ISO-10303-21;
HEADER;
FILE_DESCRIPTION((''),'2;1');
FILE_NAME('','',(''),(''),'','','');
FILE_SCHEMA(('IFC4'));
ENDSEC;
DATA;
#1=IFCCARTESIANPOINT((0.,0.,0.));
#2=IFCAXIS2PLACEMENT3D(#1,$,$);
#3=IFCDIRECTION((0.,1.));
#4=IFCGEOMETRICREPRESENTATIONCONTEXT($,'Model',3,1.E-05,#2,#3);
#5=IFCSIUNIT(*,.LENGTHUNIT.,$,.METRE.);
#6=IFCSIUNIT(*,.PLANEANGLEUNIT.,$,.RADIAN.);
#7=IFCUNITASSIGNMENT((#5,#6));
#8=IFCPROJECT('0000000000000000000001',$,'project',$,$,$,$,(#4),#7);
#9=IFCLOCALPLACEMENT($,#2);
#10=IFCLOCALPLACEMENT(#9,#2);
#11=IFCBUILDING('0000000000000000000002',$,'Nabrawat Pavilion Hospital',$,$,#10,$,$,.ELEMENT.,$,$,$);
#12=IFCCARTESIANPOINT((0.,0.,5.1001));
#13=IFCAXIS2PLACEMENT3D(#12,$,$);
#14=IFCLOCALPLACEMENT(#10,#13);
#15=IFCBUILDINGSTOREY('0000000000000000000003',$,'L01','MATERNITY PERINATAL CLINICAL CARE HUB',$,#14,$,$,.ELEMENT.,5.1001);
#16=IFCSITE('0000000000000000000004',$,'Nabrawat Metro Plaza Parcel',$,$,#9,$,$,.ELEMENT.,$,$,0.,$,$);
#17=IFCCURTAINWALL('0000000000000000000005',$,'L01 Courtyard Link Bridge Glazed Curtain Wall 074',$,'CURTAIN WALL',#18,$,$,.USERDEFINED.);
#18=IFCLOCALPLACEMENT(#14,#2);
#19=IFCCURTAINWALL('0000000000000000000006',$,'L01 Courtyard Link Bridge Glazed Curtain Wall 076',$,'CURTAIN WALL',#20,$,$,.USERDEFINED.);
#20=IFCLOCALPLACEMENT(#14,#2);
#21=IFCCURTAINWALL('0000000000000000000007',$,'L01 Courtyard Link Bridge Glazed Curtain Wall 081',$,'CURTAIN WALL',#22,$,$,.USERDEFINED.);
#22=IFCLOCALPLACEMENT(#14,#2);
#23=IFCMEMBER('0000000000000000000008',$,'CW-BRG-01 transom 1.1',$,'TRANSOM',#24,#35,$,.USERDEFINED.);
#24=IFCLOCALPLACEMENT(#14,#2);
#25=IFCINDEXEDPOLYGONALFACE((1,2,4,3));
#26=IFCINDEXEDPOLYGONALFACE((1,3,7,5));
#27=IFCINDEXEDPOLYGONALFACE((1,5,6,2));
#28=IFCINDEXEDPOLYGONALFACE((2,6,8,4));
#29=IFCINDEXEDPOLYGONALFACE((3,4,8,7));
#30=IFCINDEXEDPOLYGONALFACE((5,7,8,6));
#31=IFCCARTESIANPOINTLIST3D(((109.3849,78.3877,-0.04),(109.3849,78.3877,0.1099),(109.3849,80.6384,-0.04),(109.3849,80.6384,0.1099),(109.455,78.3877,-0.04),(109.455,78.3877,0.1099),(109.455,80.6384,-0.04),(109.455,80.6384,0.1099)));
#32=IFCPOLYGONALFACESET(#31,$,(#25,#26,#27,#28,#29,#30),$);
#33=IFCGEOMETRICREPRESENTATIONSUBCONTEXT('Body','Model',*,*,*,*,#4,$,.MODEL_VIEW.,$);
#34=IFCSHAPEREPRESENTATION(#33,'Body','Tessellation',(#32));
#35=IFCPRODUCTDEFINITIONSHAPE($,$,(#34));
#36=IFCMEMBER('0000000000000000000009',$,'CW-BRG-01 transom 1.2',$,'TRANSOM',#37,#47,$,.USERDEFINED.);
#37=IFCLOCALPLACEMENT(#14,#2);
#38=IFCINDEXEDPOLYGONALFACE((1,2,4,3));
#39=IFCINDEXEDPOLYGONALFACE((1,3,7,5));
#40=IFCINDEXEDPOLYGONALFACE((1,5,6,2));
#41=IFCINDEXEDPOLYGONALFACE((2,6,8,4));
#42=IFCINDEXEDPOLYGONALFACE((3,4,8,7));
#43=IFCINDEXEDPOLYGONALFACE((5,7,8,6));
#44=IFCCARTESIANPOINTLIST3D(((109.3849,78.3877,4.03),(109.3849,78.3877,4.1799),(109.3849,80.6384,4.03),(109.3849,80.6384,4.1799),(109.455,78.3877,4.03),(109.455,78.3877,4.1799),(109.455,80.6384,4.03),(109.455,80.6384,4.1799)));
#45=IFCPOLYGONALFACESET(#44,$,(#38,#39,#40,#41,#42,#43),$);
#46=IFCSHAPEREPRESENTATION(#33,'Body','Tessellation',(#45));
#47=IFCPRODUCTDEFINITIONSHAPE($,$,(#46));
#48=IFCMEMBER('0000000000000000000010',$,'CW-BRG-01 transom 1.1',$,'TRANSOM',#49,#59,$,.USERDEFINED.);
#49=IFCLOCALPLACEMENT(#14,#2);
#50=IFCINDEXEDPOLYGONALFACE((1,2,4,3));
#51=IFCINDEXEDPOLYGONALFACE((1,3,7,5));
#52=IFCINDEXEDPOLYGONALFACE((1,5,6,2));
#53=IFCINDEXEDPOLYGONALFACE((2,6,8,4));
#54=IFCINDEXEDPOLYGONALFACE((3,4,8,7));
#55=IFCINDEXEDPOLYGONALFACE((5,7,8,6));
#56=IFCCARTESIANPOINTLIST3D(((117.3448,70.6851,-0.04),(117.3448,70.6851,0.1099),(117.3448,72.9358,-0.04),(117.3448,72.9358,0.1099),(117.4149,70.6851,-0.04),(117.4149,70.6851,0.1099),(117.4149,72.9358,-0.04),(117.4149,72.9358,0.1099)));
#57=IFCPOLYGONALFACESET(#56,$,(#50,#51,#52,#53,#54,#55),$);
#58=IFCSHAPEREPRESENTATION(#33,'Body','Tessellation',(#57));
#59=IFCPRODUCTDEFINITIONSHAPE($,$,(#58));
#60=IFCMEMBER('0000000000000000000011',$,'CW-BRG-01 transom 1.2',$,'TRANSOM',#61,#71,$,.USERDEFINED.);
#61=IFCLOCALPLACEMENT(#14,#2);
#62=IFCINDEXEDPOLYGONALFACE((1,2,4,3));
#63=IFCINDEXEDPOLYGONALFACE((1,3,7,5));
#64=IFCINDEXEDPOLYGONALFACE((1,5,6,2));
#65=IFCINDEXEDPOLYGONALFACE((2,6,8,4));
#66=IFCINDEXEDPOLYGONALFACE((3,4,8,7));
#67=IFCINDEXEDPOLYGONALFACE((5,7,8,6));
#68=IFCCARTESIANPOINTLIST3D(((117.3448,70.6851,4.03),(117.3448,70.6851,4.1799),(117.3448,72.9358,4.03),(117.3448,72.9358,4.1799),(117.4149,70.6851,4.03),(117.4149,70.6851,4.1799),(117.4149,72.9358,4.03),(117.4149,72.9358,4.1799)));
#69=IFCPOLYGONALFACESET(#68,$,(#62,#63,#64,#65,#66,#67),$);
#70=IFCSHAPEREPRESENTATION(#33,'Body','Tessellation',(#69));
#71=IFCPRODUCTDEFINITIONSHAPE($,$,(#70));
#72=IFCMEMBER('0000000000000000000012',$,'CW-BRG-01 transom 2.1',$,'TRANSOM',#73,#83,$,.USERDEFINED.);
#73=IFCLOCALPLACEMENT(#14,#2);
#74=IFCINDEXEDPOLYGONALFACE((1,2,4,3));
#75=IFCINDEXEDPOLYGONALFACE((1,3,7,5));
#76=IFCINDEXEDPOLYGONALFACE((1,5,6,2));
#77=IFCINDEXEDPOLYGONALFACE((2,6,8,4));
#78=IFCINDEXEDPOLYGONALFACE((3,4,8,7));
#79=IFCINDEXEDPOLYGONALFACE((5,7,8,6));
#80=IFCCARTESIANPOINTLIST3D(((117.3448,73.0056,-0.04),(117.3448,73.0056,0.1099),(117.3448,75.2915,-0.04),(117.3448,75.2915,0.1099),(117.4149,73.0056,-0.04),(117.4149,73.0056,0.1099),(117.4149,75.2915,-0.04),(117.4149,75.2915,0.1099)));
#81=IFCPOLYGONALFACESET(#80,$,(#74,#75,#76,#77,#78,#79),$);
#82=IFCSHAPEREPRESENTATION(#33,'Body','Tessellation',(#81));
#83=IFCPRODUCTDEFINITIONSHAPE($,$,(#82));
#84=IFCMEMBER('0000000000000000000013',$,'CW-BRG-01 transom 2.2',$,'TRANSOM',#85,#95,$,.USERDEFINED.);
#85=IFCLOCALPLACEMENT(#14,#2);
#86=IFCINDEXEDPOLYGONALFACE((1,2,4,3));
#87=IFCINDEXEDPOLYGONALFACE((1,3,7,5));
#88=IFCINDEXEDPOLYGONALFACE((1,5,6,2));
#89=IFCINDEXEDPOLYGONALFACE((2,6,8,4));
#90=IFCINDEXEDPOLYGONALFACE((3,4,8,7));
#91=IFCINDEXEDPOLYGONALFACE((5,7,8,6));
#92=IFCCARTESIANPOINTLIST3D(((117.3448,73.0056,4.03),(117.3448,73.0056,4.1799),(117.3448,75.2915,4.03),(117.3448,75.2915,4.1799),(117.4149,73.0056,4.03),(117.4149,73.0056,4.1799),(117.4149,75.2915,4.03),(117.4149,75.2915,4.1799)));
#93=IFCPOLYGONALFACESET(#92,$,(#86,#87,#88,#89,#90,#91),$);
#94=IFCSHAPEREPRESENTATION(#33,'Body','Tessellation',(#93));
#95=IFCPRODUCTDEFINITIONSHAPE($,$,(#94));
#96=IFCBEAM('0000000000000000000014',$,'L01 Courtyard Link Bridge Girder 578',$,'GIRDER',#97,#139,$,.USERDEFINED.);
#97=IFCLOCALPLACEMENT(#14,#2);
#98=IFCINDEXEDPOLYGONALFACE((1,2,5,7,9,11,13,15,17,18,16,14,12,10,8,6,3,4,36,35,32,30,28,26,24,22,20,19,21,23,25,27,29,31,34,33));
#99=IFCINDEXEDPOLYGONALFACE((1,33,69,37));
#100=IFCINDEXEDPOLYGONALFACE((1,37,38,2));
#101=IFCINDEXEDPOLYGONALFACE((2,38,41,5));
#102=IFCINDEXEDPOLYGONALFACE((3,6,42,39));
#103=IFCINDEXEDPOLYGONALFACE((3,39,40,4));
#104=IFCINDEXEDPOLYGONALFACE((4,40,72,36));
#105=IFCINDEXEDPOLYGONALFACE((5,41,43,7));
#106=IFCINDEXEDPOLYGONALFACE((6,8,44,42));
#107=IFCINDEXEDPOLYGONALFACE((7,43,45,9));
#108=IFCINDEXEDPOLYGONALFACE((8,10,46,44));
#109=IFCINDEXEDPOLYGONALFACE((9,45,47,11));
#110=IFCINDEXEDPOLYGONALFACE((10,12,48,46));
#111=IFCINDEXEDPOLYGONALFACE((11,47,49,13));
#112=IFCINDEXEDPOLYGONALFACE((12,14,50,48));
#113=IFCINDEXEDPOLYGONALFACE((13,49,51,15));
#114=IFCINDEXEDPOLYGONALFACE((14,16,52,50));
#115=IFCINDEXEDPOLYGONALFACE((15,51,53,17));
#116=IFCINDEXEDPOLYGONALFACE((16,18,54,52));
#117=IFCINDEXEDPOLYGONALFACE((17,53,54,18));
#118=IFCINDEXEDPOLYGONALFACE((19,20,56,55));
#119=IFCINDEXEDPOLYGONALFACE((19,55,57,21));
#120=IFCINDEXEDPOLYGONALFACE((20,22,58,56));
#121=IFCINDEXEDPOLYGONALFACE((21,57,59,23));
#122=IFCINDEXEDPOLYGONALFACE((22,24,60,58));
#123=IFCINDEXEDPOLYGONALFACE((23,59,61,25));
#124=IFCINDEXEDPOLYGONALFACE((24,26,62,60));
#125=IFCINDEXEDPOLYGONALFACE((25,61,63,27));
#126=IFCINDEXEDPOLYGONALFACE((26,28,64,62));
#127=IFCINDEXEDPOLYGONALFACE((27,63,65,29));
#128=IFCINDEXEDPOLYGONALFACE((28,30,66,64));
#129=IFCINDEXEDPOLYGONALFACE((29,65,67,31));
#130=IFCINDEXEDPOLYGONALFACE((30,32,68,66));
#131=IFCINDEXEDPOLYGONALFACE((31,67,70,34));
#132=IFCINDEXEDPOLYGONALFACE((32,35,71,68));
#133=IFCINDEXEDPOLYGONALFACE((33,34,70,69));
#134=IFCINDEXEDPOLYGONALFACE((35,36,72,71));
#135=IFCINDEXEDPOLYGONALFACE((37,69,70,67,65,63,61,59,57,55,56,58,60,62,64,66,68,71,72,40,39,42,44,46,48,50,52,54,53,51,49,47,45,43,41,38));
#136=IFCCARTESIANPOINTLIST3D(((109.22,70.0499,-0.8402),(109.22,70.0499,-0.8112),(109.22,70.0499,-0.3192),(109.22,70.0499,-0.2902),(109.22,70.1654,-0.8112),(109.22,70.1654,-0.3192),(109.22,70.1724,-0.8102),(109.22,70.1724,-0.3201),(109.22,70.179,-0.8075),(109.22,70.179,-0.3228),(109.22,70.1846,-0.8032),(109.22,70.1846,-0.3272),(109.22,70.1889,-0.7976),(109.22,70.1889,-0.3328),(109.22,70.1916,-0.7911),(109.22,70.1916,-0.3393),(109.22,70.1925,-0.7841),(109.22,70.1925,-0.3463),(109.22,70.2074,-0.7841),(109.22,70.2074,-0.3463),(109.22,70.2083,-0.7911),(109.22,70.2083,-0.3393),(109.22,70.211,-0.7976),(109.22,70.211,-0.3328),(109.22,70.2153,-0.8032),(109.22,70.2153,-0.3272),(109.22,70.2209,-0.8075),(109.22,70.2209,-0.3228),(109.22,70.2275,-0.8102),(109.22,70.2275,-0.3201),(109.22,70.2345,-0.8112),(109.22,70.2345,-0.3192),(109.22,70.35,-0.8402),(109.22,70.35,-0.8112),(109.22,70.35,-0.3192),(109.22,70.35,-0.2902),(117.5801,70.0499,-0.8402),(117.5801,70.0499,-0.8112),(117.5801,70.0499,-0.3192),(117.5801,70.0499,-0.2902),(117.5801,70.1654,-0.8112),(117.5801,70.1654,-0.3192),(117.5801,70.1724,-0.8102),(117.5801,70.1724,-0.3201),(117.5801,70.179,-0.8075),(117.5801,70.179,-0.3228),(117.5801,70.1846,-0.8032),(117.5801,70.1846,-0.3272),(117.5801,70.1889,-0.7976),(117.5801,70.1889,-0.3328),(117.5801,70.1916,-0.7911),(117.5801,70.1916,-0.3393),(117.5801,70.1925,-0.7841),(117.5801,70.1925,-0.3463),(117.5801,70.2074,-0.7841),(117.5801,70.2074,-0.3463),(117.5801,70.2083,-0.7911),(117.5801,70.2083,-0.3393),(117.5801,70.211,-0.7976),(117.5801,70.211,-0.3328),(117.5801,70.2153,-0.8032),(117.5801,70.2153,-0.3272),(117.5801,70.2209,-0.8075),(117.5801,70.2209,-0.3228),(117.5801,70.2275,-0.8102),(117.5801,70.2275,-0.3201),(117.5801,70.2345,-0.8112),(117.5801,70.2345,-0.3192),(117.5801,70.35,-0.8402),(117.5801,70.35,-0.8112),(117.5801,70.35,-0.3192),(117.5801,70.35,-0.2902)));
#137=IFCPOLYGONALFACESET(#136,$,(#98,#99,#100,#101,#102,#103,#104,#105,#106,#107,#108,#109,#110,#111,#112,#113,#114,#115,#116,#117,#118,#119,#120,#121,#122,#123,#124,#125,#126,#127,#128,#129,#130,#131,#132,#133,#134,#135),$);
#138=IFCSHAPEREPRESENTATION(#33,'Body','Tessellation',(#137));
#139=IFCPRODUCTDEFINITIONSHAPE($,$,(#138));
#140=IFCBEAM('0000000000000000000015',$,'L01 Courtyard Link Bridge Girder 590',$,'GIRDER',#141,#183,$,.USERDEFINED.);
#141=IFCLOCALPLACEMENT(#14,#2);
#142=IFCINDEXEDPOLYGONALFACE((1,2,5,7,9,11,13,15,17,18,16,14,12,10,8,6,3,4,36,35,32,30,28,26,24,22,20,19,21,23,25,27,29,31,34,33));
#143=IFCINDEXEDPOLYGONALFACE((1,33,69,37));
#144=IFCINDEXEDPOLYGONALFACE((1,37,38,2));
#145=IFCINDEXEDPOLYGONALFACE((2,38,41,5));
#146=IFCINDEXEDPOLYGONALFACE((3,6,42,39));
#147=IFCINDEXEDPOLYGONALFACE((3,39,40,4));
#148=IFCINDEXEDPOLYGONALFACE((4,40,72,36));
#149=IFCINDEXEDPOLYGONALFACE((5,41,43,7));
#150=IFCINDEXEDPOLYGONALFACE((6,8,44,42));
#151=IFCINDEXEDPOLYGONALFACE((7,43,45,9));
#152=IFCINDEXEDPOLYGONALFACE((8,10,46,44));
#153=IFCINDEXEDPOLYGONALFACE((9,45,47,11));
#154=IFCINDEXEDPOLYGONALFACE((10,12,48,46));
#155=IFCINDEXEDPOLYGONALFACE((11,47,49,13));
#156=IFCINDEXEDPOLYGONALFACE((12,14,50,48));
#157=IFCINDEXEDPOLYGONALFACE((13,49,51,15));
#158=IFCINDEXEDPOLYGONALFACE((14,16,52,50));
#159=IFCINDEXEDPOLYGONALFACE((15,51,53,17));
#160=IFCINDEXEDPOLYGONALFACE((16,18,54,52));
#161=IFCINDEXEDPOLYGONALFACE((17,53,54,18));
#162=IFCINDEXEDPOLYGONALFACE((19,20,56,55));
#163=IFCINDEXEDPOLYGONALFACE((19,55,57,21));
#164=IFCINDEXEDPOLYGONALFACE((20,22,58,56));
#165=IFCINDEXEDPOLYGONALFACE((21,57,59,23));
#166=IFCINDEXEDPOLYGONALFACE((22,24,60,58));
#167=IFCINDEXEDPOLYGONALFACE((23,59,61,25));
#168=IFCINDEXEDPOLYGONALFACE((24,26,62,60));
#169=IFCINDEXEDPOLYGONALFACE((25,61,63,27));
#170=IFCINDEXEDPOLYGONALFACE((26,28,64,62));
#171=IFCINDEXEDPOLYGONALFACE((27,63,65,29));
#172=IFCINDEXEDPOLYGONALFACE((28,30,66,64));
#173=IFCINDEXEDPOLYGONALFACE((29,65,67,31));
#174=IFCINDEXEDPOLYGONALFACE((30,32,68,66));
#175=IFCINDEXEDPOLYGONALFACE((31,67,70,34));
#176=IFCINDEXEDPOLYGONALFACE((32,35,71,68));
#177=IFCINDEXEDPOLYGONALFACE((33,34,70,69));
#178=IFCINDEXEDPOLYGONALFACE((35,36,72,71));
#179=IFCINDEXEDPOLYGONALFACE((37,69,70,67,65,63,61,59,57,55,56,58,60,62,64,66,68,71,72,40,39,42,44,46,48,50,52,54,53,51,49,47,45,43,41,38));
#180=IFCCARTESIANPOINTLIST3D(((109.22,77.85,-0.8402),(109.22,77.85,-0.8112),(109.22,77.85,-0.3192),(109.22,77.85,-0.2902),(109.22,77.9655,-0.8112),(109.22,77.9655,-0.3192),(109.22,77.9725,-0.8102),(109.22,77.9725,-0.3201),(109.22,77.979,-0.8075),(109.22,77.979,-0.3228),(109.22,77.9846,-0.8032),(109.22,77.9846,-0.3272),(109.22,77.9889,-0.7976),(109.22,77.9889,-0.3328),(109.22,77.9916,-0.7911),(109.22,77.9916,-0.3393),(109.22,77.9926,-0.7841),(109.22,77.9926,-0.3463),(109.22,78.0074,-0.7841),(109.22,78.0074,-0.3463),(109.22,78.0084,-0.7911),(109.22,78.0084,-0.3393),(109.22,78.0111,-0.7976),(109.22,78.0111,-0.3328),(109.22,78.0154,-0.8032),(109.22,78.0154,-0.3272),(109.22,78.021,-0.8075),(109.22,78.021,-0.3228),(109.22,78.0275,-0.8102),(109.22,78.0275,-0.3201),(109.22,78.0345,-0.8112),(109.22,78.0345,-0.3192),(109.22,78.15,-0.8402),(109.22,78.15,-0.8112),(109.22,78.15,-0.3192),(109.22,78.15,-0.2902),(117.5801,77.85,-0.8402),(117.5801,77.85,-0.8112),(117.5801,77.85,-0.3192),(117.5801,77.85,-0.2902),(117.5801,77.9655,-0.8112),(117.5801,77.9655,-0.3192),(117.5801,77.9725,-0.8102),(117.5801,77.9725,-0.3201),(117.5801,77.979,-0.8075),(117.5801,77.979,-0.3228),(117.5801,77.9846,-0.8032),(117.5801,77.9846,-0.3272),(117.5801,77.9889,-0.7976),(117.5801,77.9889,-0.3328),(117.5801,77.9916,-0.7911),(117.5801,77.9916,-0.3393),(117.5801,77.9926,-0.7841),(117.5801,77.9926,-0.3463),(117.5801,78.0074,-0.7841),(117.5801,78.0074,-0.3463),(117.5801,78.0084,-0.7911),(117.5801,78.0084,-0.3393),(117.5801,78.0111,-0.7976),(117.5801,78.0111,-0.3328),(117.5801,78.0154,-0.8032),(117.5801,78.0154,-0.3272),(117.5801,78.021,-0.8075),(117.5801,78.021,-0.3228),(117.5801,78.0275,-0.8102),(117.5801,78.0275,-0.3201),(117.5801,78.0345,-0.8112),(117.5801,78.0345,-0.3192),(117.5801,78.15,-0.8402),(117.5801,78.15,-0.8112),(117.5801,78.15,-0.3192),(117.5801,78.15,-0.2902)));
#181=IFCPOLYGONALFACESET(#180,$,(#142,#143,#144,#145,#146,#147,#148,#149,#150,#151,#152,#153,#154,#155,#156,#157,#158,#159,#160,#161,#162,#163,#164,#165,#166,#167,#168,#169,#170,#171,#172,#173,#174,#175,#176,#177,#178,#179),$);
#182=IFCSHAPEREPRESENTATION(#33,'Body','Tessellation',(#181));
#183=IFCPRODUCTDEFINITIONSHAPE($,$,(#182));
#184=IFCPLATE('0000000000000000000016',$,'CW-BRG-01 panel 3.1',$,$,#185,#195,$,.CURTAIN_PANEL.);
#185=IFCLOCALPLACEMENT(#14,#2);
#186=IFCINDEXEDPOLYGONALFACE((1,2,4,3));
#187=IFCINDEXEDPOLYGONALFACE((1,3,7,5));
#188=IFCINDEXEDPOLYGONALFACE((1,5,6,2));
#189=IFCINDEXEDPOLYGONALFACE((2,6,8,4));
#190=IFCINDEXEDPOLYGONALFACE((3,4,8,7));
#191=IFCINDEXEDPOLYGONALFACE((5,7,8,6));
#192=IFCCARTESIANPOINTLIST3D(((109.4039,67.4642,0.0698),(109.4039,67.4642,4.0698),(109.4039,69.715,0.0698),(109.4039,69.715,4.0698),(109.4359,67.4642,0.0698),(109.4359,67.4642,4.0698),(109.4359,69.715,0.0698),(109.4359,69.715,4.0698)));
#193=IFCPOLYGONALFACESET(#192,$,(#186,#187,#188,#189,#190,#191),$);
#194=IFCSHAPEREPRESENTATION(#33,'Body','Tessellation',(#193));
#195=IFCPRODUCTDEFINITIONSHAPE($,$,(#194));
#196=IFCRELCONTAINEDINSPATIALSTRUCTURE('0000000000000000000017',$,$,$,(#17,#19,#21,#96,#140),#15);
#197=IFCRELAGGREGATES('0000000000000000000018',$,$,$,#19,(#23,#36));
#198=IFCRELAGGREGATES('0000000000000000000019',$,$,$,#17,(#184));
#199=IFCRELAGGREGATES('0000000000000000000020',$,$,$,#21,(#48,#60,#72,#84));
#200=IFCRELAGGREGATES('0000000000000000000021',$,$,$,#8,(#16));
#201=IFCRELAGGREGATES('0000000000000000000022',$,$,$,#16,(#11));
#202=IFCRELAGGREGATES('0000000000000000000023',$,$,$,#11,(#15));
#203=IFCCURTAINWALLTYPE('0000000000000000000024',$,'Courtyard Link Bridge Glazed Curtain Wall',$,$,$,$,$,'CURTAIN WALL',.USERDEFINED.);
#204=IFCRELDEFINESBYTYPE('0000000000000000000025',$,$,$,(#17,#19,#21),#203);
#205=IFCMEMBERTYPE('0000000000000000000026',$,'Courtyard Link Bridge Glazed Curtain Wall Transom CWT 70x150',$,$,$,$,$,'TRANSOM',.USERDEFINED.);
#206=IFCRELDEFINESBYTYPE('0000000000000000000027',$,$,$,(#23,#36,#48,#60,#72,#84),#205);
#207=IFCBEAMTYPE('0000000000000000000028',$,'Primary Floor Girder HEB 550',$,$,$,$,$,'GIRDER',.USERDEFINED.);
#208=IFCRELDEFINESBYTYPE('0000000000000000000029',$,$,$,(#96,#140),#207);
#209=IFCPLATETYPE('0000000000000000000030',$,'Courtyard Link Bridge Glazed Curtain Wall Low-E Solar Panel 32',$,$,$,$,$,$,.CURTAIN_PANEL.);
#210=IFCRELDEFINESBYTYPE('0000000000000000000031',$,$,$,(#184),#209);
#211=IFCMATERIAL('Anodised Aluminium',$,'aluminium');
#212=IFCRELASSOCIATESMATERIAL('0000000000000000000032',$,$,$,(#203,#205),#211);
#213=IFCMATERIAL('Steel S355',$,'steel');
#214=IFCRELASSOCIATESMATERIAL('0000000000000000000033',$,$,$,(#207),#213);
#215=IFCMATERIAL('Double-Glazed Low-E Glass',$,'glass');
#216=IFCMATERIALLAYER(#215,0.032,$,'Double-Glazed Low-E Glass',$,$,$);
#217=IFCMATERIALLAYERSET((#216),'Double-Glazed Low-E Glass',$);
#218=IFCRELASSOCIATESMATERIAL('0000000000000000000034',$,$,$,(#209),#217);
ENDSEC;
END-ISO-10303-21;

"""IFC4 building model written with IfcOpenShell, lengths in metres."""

from ifc_helpers import new_model, si_unit, direction, frame, origin, origin_2d, place, context, subcontext, project, spatial, rectangle, i_section, extrude, material, layer, layer_set, material_profile, profile_set, type_object, element, aggregate, save


model = new_model("IFC4")

# Units and contexts
model_context = context("Model", 3, precision=1e-05, world=origin(), true_north=direction((0.0, 1.0)))
body_context = subcontext(model_context, "Body", "Model", "MODEL_VIEW")
ifc_project = project(units=[si_unit("LENGTHUNIT", "METRE"), si_unit("PLANEANGLEUNIT", "RADIAN")], contexts=[model_context])

# Site, building, storey
site_placement = place(None, origin())
site = spatial("IfcSite", under=ifc_project, at=site_placement, Name="Nabrawat Metro Plaza Parcel", CompositionType="ELEMENT", RefElevation=0.0)
building_placement = place(site_placement, origin())
building = spatial("IfcBuilding", under=site, at=building_placement, Name="Nabrawat Pavilion Hospital", CompositionType="ELEMENT")
storey_placement = place(building_placement, frame((0.0, 0.0, 5.1001)))
storey = spatial("IfcBuildingStorey", under=building, at=storey_placement, Name="L01", Description="MATERNITY PERINATAL CLINICAL CARE HUB", CompositionType="ELEMENT", Elevation=5.1001)

# Shared definitions
ifc_material_1 = material(Name="Steel S355", Category="steel")

# Curtain wall
ifc_material_2 = material(Name="Anodised Aluminium", Category="aluminium")
curtain_wall_type = type_object("IfcCurtainWallType", Name="Courtyard Link Bridge Glazed Curtain Wall", ElementType="CURTAIN WALL", PredefinedType="USERDEFINED", material=ifc_material_2)
curtain_wall_1_placement = place(storey_placement, origin())
curtain_wall_1 = element("IfcCurtainWall", 1, at=curtain_wall_1_placement, inside=storey, type_object=curtain_wall_type, Name="L01 Courtyard Link Bridge Glazed Curtain Wall 074", ObjectType="CURTAIN WALL", PredefinedType="USERDEFINED")

# Curtain wall
curtain_wall_2_placement = place(storey_placement, origin())
curtain_wall_2 = element("IfcCurtainWall", 2, at=curtain_wall_2_placement, inside=storey, type_object=curtain_wall_type, Name="L01 Courtyard Link Bridge Glazed Curtain Wall 076", ObjectType="CURTAIN WALL", PredefinedType="USERDEFINED")

# Curtain wall
curtain_wall_3_placement = place(storey_placement, origin())
curtain_wall_3 = element("IfcCurtainWall", 3, at=curtain_wall_3_placement, inside=storey, type_object=curtain_wall_type, Name="L01 Courtyard Link Bridge Glazed Curtain Wall 081", ObjectType="CURTAIN WALL", PredefinedType="USERDEFINED")

# Members
ifc_material_profile_1 = material_profile(ifc_material_2, rectangle(XDim=0.0701, YDim=0.1499, at=origin_2d()), Name="CWT 70x150")
ifc_profile_set_1 = profile_set([ifc_material_profile_1], Name="Anodised Aluminium")
member_type_1 = type_object("IfcMemberType", Name="Courtyard Link Bridge Glazed Curtain Wall Transom CWT 70x150", ElementType="TRANSOM", PredefinedType="USERDEFINED", material=ifc_profile_set_1)
member_1_placement = place(storey_placement, frame((109.4199, 78.3877, 0.0349), z_axis=(0.0, 1.0, 0.0), x_axis=(-1.0, 0.0, 0.0)))
member_1 = element("IfcMember", 4, at=member_1_placement, type_object=member_type_1, Name="CW-BRG-01 transom 1.1", ObjectType="TRANSOM", PredefinedType="USERDEFINED", context=body_context, shape_type="SweptSolid", body=[
    extrude(rectangle(XDim=0.0701, YDim=0.1499, at=origin_2d()), origin(), (0.0, 0.0, 1.0), 2.2507),
])
member_2_placement = place(storey_placement, frame((109.4199, 78.3877, 4.105), z_axis=(0.0, 1.0, 0.0), x_axis=(-1.0, 0.0, 0.0)))
member_2 = element("IfcMember", 5, at=member_2_placement, type_object=member_type_1, Name="CW-BRG-01 transom 1.2", ObjectType="TRANSOM", PredefinedType="USERDEFINED", context=body_context, shape_type="SweptSolid", body=[
    extrude(rectangle(XDim=0.0701, YDim=0.1499, at=origin_2d()), origin(), (0.0, 0.0, 1.0), 2.2507),
])
aggregate(curtain_wall_2, [member_1, member_2])
member_3_placement = place(storey_placement, frame((117.3799, 70.6851, 0.0349), z_axis=(0.0, 1.0, 0.0), x_axis=(-1.0, 0.0, 0.0)))
member_3 = element("IfcMember", 6, at=member_3_placement, type_object=member_type_1, Name="CW-BRG-01 transom 1.1", ObjectType="TRANSOM", PredefinedType="USERDEFINED", context=body_context, shape_type="SweptSolid", body=[
    extrude(rectangle(XDim=0.0701, YDim=0.1499, at=origin_2d()), origin(), (0.0, 0.0, 1.0), 2.2507),
])
member_4_placement = place(storey_placement, frame((117.3799, 70.6851, 4.105), z_axis=(0.0, 1.0, 0.0), x_axis=(-1.0, 0.0, 0.0)))
member_4 = element("IfcMember", 7, at=member_4_placement, type_object=member_type_1, Name="CW-BRG-01 transom 1.2", ObjectType="TRANSOM", PredefinedType="USERDEFINED", context=body_context, shape_type="SweptSolid", body=[
    extrude(rectangle(XDim=0.0701, YDim=0.1499, at=origin_2d()), origin(), (0.0, 0.0, 1.0), 2.2507),
])
member_5_placement = place(storey_placement, frame((117.3799, 73.0056, 0.0349), z_axis=(0.0, 1.0, 0.0), x_axis=(-1.0, 0.0, 0.0)))
member_5 = element("IfcMember", 8, at=member_5_placement, type_object=member_type_1, Name="CW-BRG-01 transom 2.1", ObjectType="TRANSOM", PredefinedType="USERDEFINED", context=body_context, shape_type="SweptSolid", body=[
    extrude(rectangle(XDim=0.0701, YDim=0.1499, at=origin_2d()), origin(), (0.0, 0.0, 1.0), 2.2859),
])
member_6_placement = place(storey_placement, frame((117.3799, 73.0056, 4.105), z_axis=(0.0, 1.0, 0.0), x_axis=(-1.0, 0.0, 0.0)))
member_6 = element("IfcMember", 9, at=member_6_placement, type_object=member_type_1, Name="CW-BRG-01 transom 2.2", ObjectType="TRANSOM", PredefinedType="USERDEFINED", context=body_context, shape_type="SweptSolid", body=[
    extrude(rectangle(XDim=0.0701, YDim=0.1499, at=origin_2d()), origin(), (0.0, 0.0, 1.0), 2.2859),
])

# Beams
ifc_material_profile_2 = material_profile(ifc_material_1, i_section(OverallWidth=0.3, OverallDepth=0.55, WebThickness=0.0149, FlangeThickness=0.0291, FilletRadius=0.0271, at=origin_2d()), Name="HEB 550")
ifc_profile_set_2 = profile_set([ifc_material_profile_2], Name="Steel S355")
beam_type_1 = type_object("IfcBeamType", Name="Primary Floor Girder HEB 550", ElementType="GIRDER", PredefinedType="USERDEFINED", material=ifc_profile_set_2)
for number, where, z_axis, x_axis, name in (
    (10, (109.22, 70.2, -0.5652), (1.0, 0.0, 0.0), (0.0, 1.0, 0.0), "L01 Courtyard Link Bridge Girder 578"),
    (11, (109.22, 78.0, -0.5652), (1.0, 0.0, 0.0), (0.0, 1.0, 0.0), "L01 Courtyard Link Bridge Girder 590"),
):
    element("IfcBeam", number, at=place(storey_placement, frame(where, z_axis=z_axis, x_axis=x_axis)), inside=storey, type_object=beam_type_1, Name=name, ObjectType="GIRDER", PredefinedType="USERDEFINED", context=body_context, shape_type="SweptSolid", body=[
        extrude(i_section(OverallWidth=0.3, OverallDepth=0.55, WebThickness=0.0149, FlangeThickness=0.0291, FilletRadius=0.0271, at=origin_2d()), origin(), (0.0, 0.0, 1.0), 8.3601),
    ])

# Plate
ifc_material_3 = material(Name="Double-Glazed Low-E Glass", Category="glass")
ifc_layer_1 = layer(ifc_material_3, 0.032, Name="Double-Glazed Low-E Glass")
ifc_layer_set_1 = layer_set([ifc_layer_1], Name="Double-Glazed Low-E Glass")
plate_type_1 = type_object("IfcPlateType", Name="Courtyard Link Bridge Glazed Curtain Wall Low-E Solar Panel 32", PredefinedType="CURTAIN_PANEL", material=ifc_layer_set_1)
plate_1_placement = place(storey_placement, frame((109.4199, 68.5896, 0.0698), z_axis=(0.0, 0.0, 1.0), x_axis=(0.0, 1.0, 0.0)))
plate_1 = element("IfcPlate", 12, at=plate_1_placement, type_object=plate_type_1, Name="CW-BRG-01 panel 3.1", PredefinedType="CURTAIN_PANEL", context=body_context, shape_type="SweptSolid", body=[
    extrude(rectangle(XDim=2.2507, YDim=0.032, at=origin_2d()), origin(), (0.0, 0.0, 1.0), 4.0),
])
aggregate(curtain_wall_1, [plate_1])
aggregate(curtain_wall_3, [member_3, member_4, member_5, member_6])

save(model, "model.ifc")
